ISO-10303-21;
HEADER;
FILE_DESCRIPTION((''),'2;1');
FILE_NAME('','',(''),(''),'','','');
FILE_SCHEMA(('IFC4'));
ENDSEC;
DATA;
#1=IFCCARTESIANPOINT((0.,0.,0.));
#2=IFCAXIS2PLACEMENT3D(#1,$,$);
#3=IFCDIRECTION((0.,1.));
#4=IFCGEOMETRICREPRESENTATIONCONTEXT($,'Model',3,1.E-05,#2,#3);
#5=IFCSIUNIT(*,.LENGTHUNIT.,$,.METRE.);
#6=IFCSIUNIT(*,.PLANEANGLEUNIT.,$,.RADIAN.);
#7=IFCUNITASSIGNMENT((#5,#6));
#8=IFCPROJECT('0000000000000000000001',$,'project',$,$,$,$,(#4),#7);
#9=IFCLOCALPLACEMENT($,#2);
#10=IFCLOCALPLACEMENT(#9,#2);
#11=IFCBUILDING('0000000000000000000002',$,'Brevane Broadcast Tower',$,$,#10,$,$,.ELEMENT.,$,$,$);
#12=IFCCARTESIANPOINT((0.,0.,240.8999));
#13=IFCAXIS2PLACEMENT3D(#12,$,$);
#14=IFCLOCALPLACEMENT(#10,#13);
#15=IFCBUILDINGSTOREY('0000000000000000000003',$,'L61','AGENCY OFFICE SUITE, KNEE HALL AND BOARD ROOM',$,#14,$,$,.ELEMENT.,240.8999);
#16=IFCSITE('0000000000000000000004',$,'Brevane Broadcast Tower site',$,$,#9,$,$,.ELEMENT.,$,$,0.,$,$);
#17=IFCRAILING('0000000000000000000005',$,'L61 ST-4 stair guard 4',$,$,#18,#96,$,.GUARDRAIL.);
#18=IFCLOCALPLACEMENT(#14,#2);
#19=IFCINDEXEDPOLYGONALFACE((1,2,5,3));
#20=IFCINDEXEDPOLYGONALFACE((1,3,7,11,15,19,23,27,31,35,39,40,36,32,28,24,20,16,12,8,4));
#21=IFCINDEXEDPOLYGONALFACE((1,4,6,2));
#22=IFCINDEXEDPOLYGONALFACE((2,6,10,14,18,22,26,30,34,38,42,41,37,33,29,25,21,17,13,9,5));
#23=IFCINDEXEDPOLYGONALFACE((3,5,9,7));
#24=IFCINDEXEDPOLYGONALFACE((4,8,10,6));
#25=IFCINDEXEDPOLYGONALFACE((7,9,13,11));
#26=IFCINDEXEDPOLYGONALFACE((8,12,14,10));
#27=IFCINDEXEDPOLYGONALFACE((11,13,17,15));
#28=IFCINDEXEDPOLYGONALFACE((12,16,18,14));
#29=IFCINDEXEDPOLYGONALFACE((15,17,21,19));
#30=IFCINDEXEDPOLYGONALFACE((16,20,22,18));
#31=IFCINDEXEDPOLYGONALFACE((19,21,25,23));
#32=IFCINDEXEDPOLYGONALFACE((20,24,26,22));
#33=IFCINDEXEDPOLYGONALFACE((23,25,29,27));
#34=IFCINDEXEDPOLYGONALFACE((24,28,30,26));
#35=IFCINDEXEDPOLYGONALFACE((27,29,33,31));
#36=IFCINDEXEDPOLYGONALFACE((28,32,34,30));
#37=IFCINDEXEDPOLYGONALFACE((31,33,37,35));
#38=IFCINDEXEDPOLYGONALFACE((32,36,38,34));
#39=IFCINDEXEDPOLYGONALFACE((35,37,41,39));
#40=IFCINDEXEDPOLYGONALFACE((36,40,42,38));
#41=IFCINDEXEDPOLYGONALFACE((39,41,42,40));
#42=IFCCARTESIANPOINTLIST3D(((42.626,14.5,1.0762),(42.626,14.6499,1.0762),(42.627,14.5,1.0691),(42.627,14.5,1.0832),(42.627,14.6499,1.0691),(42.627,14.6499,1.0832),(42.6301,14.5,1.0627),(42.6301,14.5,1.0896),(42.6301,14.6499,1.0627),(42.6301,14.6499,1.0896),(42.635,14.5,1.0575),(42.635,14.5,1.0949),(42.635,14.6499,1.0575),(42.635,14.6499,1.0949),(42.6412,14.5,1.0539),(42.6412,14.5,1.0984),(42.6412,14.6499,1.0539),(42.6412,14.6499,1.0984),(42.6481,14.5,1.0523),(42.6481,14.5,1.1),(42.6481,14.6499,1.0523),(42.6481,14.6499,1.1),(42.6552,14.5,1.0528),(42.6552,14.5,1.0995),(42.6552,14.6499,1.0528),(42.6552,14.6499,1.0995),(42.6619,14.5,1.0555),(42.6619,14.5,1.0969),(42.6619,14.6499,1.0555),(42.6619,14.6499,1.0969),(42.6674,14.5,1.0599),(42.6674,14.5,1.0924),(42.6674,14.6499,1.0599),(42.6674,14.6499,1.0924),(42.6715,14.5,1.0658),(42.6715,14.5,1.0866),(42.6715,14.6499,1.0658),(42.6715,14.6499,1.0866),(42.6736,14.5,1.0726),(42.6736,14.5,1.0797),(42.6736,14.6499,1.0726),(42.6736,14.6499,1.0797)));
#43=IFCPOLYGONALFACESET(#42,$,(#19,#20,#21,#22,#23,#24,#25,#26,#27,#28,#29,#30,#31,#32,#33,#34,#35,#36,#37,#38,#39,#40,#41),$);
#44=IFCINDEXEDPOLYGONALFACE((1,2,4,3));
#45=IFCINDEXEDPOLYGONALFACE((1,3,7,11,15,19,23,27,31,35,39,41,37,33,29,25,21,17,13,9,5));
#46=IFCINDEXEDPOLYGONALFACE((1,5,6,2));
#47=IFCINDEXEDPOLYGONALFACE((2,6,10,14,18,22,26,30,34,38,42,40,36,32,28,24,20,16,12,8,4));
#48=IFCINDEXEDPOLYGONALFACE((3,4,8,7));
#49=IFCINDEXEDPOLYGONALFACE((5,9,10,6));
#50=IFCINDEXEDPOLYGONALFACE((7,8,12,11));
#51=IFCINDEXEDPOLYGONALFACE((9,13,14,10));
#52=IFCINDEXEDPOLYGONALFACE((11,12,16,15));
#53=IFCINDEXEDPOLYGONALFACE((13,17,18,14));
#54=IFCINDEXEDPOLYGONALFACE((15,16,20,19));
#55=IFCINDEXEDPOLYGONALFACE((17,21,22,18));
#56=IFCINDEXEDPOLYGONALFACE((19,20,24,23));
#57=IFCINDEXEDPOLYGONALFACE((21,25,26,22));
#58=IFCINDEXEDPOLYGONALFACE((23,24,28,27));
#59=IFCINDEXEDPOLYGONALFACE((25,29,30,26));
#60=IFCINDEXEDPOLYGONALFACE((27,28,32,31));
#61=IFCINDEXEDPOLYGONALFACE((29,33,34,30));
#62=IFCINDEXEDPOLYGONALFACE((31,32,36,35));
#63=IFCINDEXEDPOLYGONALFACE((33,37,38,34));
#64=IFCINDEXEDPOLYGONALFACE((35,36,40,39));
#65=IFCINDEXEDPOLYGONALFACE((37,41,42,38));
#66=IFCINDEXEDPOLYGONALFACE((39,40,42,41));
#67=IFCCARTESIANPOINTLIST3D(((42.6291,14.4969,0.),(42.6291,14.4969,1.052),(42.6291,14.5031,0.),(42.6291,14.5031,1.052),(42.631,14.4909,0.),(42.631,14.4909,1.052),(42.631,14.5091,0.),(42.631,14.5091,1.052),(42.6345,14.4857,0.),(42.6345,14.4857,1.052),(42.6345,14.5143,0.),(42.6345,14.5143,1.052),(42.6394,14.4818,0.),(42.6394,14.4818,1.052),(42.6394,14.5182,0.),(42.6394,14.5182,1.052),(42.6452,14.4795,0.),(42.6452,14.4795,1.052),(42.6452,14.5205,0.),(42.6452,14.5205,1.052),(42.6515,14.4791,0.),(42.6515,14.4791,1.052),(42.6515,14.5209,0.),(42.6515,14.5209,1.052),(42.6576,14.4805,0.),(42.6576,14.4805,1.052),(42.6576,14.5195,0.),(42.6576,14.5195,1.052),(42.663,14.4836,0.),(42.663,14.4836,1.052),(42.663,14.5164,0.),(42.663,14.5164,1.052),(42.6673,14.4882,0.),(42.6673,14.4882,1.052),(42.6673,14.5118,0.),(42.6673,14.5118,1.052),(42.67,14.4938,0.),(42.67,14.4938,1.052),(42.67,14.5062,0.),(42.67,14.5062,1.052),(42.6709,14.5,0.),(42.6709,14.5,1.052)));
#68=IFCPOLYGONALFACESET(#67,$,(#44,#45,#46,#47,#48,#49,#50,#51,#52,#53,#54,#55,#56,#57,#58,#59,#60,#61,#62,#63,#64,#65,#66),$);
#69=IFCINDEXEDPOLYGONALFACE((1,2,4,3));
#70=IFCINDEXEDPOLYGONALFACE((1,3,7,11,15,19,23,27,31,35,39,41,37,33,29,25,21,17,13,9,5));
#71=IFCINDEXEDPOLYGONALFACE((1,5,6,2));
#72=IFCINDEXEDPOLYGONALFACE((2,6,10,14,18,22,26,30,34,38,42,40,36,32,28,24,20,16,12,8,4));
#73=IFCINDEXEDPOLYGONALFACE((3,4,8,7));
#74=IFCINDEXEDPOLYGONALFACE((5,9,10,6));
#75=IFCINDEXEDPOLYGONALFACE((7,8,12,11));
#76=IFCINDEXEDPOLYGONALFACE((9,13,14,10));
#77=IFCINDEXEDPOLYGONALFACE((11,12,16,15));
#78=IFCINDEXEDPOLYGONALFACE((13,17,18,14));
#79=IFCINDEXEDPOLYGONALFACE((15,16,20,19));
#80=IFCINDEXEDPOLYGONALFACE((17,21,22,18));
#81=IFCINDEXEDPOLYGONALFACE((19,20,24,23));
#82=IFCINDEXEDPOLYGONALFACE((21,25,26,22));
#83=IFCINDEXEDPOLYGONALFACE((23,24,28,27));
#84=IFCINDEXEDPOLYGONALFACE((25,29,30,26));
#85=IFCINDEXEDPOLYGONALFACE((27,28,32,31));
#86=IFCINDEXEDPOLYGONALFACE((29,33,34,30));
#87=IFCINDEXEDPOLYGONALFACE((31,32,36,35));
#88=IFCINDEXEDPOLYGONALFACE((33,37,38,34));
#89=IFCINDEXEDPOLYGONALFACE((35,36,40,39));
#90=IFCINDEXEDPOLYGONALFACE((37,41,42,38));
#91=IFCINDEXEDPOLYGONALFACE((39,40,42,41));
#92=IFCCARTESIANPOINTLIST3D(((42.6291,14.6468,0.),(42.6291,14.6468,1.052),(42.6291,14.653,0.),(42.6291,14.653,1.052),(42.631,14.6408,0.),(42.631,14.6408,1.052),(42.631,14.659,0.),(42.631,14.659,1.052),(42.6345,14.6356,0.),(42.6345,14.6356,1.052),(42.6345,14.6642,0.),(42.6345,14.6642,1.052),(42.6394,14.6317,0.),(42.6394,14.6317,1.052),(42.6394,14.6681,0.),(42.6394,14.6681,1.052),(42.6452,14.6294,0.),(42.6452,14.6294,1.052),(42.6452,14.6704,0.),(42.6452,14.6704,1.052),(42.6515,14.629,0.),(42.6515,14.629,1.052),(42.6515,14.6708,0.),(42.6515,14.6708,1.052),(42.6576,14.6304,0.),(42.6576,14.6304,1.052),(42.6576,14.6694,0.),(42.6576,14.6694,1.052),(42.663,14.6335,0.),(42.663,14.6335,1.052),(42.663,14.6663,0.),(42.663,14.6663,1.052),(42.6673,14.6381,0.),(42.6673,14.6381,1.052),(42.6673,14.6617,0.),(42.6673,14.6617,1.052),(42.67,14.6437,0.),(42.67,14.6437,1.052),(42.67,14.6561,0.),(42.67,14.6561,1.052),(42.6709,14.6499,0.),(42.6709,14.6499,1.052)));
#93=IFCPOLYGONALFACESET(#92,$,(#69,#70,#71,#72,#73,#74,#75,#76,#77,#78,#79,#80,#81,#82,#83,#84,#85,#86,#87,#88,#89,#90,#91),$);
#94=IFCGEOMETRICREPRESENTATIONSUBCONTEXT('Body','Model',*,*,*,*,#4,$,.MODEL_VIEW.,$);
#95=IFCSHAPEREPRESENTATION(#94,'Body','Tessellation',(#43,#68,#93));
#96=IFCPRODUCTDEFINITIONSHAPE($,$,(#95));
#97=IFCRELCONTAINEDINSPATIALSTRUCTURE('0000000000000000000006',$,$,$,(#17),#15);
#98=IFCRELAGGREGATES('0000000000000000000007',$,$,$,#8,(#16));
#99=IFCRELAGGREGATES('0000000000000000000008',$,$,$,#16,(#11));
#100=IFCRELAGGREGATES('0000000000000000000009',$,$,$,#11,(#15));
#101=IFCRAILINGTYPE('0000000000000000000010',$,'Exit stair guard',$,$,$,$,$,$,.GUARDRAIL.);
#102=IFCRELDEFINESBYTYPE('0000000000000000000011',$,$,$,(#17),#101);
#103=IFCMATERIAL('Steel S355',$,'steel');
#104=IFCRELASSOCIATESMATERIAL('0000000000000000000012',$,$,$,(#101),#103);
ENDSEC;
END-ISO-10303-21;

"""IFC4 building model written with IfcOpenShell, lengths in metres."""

from ifc_helpers import new_model, si_unit, direction, frame, origin, origin_2d, place, context, subcontext, project, spatial, circle, extrude, material, type_object, element, save


model = new_model("IFC4")

# Units and contexts
model_context = context("Model", 3, precision=1e-05, world=origin(), true_north=direction((0.0, 1.0)))
body_context = subcontext(model_context, "Body", "Model", "MODEL_VIEW")
ifc_project = project(units=[si_unit("LENGTHUNIT", "METRE"), si_unit("PLANEANGLEUNIT", "RADIAN")], contexts=[model_context])

# Site, building, storey
site_placement = place(None, origin())
site = spatial("IfcSite", under=ifc_project, at=site_placement, Name="Brevane Broadcast Tower site", CompositionType="ELEMENT", RefElevation=0.0)
building_placement = place(site_placement, origin())
building = spatial("IfcBuilding", under=site, at=building_placement, Name="Brevane Broadcast Tower", CompositionType="ELEMENT")
storey_placement = place(building_placement, frame((0.0, 0.0, 240.8999)))
storey = spatial("IfcBuildingStorey", under=building, at=storey_placement, Name="L61", Description="AGENCY OFFICE SUITE, KNEE HALL AND BOARD ROOM", CompositionType="ELEMENT", Elevation=240.8999)

# Railing
ifc_material_1 = material(Name="Steel S355", Category="steel")
railing_type_1 = type_object("IfcRailingType", Name="Exit stair guard", PredefinedType="GUARDRAIL", material=ifc_material_1)
railing_1_placement = place(storey_placement, frame((42.6499, 14.5, 0.0)))
element("IfcRailing", 1, at=railing_1_placement, inside=storey, type_object=railing_type_1, Name="L61 ST-4 stair guard 4", PredefinedType="GUARDRAIL", context=body_context, shape_type="SweptSolid", body=[
    extrude(circle(Radius=0.0239, at=origin_2d()), frame((0.0, 0.0, 1.0762), z_axis=(0.0, 1.0, 0.0), x_axis=(-1.0, 0.0, 0.0)), (0.0, 0.0, 1.0), 0.1499),
    extrude(circle(Radius=0.021, at=origin_2d()), origin(), (0.0, 0.0, 1.0), 1.052),
    extrude(circle(Radius=0.021, at=origin_2d()), frame((0.0, 0.1499, 0.0)), (0.0, 0.0, 1.0), 1.052),
])

save(model, "model.ifc")
